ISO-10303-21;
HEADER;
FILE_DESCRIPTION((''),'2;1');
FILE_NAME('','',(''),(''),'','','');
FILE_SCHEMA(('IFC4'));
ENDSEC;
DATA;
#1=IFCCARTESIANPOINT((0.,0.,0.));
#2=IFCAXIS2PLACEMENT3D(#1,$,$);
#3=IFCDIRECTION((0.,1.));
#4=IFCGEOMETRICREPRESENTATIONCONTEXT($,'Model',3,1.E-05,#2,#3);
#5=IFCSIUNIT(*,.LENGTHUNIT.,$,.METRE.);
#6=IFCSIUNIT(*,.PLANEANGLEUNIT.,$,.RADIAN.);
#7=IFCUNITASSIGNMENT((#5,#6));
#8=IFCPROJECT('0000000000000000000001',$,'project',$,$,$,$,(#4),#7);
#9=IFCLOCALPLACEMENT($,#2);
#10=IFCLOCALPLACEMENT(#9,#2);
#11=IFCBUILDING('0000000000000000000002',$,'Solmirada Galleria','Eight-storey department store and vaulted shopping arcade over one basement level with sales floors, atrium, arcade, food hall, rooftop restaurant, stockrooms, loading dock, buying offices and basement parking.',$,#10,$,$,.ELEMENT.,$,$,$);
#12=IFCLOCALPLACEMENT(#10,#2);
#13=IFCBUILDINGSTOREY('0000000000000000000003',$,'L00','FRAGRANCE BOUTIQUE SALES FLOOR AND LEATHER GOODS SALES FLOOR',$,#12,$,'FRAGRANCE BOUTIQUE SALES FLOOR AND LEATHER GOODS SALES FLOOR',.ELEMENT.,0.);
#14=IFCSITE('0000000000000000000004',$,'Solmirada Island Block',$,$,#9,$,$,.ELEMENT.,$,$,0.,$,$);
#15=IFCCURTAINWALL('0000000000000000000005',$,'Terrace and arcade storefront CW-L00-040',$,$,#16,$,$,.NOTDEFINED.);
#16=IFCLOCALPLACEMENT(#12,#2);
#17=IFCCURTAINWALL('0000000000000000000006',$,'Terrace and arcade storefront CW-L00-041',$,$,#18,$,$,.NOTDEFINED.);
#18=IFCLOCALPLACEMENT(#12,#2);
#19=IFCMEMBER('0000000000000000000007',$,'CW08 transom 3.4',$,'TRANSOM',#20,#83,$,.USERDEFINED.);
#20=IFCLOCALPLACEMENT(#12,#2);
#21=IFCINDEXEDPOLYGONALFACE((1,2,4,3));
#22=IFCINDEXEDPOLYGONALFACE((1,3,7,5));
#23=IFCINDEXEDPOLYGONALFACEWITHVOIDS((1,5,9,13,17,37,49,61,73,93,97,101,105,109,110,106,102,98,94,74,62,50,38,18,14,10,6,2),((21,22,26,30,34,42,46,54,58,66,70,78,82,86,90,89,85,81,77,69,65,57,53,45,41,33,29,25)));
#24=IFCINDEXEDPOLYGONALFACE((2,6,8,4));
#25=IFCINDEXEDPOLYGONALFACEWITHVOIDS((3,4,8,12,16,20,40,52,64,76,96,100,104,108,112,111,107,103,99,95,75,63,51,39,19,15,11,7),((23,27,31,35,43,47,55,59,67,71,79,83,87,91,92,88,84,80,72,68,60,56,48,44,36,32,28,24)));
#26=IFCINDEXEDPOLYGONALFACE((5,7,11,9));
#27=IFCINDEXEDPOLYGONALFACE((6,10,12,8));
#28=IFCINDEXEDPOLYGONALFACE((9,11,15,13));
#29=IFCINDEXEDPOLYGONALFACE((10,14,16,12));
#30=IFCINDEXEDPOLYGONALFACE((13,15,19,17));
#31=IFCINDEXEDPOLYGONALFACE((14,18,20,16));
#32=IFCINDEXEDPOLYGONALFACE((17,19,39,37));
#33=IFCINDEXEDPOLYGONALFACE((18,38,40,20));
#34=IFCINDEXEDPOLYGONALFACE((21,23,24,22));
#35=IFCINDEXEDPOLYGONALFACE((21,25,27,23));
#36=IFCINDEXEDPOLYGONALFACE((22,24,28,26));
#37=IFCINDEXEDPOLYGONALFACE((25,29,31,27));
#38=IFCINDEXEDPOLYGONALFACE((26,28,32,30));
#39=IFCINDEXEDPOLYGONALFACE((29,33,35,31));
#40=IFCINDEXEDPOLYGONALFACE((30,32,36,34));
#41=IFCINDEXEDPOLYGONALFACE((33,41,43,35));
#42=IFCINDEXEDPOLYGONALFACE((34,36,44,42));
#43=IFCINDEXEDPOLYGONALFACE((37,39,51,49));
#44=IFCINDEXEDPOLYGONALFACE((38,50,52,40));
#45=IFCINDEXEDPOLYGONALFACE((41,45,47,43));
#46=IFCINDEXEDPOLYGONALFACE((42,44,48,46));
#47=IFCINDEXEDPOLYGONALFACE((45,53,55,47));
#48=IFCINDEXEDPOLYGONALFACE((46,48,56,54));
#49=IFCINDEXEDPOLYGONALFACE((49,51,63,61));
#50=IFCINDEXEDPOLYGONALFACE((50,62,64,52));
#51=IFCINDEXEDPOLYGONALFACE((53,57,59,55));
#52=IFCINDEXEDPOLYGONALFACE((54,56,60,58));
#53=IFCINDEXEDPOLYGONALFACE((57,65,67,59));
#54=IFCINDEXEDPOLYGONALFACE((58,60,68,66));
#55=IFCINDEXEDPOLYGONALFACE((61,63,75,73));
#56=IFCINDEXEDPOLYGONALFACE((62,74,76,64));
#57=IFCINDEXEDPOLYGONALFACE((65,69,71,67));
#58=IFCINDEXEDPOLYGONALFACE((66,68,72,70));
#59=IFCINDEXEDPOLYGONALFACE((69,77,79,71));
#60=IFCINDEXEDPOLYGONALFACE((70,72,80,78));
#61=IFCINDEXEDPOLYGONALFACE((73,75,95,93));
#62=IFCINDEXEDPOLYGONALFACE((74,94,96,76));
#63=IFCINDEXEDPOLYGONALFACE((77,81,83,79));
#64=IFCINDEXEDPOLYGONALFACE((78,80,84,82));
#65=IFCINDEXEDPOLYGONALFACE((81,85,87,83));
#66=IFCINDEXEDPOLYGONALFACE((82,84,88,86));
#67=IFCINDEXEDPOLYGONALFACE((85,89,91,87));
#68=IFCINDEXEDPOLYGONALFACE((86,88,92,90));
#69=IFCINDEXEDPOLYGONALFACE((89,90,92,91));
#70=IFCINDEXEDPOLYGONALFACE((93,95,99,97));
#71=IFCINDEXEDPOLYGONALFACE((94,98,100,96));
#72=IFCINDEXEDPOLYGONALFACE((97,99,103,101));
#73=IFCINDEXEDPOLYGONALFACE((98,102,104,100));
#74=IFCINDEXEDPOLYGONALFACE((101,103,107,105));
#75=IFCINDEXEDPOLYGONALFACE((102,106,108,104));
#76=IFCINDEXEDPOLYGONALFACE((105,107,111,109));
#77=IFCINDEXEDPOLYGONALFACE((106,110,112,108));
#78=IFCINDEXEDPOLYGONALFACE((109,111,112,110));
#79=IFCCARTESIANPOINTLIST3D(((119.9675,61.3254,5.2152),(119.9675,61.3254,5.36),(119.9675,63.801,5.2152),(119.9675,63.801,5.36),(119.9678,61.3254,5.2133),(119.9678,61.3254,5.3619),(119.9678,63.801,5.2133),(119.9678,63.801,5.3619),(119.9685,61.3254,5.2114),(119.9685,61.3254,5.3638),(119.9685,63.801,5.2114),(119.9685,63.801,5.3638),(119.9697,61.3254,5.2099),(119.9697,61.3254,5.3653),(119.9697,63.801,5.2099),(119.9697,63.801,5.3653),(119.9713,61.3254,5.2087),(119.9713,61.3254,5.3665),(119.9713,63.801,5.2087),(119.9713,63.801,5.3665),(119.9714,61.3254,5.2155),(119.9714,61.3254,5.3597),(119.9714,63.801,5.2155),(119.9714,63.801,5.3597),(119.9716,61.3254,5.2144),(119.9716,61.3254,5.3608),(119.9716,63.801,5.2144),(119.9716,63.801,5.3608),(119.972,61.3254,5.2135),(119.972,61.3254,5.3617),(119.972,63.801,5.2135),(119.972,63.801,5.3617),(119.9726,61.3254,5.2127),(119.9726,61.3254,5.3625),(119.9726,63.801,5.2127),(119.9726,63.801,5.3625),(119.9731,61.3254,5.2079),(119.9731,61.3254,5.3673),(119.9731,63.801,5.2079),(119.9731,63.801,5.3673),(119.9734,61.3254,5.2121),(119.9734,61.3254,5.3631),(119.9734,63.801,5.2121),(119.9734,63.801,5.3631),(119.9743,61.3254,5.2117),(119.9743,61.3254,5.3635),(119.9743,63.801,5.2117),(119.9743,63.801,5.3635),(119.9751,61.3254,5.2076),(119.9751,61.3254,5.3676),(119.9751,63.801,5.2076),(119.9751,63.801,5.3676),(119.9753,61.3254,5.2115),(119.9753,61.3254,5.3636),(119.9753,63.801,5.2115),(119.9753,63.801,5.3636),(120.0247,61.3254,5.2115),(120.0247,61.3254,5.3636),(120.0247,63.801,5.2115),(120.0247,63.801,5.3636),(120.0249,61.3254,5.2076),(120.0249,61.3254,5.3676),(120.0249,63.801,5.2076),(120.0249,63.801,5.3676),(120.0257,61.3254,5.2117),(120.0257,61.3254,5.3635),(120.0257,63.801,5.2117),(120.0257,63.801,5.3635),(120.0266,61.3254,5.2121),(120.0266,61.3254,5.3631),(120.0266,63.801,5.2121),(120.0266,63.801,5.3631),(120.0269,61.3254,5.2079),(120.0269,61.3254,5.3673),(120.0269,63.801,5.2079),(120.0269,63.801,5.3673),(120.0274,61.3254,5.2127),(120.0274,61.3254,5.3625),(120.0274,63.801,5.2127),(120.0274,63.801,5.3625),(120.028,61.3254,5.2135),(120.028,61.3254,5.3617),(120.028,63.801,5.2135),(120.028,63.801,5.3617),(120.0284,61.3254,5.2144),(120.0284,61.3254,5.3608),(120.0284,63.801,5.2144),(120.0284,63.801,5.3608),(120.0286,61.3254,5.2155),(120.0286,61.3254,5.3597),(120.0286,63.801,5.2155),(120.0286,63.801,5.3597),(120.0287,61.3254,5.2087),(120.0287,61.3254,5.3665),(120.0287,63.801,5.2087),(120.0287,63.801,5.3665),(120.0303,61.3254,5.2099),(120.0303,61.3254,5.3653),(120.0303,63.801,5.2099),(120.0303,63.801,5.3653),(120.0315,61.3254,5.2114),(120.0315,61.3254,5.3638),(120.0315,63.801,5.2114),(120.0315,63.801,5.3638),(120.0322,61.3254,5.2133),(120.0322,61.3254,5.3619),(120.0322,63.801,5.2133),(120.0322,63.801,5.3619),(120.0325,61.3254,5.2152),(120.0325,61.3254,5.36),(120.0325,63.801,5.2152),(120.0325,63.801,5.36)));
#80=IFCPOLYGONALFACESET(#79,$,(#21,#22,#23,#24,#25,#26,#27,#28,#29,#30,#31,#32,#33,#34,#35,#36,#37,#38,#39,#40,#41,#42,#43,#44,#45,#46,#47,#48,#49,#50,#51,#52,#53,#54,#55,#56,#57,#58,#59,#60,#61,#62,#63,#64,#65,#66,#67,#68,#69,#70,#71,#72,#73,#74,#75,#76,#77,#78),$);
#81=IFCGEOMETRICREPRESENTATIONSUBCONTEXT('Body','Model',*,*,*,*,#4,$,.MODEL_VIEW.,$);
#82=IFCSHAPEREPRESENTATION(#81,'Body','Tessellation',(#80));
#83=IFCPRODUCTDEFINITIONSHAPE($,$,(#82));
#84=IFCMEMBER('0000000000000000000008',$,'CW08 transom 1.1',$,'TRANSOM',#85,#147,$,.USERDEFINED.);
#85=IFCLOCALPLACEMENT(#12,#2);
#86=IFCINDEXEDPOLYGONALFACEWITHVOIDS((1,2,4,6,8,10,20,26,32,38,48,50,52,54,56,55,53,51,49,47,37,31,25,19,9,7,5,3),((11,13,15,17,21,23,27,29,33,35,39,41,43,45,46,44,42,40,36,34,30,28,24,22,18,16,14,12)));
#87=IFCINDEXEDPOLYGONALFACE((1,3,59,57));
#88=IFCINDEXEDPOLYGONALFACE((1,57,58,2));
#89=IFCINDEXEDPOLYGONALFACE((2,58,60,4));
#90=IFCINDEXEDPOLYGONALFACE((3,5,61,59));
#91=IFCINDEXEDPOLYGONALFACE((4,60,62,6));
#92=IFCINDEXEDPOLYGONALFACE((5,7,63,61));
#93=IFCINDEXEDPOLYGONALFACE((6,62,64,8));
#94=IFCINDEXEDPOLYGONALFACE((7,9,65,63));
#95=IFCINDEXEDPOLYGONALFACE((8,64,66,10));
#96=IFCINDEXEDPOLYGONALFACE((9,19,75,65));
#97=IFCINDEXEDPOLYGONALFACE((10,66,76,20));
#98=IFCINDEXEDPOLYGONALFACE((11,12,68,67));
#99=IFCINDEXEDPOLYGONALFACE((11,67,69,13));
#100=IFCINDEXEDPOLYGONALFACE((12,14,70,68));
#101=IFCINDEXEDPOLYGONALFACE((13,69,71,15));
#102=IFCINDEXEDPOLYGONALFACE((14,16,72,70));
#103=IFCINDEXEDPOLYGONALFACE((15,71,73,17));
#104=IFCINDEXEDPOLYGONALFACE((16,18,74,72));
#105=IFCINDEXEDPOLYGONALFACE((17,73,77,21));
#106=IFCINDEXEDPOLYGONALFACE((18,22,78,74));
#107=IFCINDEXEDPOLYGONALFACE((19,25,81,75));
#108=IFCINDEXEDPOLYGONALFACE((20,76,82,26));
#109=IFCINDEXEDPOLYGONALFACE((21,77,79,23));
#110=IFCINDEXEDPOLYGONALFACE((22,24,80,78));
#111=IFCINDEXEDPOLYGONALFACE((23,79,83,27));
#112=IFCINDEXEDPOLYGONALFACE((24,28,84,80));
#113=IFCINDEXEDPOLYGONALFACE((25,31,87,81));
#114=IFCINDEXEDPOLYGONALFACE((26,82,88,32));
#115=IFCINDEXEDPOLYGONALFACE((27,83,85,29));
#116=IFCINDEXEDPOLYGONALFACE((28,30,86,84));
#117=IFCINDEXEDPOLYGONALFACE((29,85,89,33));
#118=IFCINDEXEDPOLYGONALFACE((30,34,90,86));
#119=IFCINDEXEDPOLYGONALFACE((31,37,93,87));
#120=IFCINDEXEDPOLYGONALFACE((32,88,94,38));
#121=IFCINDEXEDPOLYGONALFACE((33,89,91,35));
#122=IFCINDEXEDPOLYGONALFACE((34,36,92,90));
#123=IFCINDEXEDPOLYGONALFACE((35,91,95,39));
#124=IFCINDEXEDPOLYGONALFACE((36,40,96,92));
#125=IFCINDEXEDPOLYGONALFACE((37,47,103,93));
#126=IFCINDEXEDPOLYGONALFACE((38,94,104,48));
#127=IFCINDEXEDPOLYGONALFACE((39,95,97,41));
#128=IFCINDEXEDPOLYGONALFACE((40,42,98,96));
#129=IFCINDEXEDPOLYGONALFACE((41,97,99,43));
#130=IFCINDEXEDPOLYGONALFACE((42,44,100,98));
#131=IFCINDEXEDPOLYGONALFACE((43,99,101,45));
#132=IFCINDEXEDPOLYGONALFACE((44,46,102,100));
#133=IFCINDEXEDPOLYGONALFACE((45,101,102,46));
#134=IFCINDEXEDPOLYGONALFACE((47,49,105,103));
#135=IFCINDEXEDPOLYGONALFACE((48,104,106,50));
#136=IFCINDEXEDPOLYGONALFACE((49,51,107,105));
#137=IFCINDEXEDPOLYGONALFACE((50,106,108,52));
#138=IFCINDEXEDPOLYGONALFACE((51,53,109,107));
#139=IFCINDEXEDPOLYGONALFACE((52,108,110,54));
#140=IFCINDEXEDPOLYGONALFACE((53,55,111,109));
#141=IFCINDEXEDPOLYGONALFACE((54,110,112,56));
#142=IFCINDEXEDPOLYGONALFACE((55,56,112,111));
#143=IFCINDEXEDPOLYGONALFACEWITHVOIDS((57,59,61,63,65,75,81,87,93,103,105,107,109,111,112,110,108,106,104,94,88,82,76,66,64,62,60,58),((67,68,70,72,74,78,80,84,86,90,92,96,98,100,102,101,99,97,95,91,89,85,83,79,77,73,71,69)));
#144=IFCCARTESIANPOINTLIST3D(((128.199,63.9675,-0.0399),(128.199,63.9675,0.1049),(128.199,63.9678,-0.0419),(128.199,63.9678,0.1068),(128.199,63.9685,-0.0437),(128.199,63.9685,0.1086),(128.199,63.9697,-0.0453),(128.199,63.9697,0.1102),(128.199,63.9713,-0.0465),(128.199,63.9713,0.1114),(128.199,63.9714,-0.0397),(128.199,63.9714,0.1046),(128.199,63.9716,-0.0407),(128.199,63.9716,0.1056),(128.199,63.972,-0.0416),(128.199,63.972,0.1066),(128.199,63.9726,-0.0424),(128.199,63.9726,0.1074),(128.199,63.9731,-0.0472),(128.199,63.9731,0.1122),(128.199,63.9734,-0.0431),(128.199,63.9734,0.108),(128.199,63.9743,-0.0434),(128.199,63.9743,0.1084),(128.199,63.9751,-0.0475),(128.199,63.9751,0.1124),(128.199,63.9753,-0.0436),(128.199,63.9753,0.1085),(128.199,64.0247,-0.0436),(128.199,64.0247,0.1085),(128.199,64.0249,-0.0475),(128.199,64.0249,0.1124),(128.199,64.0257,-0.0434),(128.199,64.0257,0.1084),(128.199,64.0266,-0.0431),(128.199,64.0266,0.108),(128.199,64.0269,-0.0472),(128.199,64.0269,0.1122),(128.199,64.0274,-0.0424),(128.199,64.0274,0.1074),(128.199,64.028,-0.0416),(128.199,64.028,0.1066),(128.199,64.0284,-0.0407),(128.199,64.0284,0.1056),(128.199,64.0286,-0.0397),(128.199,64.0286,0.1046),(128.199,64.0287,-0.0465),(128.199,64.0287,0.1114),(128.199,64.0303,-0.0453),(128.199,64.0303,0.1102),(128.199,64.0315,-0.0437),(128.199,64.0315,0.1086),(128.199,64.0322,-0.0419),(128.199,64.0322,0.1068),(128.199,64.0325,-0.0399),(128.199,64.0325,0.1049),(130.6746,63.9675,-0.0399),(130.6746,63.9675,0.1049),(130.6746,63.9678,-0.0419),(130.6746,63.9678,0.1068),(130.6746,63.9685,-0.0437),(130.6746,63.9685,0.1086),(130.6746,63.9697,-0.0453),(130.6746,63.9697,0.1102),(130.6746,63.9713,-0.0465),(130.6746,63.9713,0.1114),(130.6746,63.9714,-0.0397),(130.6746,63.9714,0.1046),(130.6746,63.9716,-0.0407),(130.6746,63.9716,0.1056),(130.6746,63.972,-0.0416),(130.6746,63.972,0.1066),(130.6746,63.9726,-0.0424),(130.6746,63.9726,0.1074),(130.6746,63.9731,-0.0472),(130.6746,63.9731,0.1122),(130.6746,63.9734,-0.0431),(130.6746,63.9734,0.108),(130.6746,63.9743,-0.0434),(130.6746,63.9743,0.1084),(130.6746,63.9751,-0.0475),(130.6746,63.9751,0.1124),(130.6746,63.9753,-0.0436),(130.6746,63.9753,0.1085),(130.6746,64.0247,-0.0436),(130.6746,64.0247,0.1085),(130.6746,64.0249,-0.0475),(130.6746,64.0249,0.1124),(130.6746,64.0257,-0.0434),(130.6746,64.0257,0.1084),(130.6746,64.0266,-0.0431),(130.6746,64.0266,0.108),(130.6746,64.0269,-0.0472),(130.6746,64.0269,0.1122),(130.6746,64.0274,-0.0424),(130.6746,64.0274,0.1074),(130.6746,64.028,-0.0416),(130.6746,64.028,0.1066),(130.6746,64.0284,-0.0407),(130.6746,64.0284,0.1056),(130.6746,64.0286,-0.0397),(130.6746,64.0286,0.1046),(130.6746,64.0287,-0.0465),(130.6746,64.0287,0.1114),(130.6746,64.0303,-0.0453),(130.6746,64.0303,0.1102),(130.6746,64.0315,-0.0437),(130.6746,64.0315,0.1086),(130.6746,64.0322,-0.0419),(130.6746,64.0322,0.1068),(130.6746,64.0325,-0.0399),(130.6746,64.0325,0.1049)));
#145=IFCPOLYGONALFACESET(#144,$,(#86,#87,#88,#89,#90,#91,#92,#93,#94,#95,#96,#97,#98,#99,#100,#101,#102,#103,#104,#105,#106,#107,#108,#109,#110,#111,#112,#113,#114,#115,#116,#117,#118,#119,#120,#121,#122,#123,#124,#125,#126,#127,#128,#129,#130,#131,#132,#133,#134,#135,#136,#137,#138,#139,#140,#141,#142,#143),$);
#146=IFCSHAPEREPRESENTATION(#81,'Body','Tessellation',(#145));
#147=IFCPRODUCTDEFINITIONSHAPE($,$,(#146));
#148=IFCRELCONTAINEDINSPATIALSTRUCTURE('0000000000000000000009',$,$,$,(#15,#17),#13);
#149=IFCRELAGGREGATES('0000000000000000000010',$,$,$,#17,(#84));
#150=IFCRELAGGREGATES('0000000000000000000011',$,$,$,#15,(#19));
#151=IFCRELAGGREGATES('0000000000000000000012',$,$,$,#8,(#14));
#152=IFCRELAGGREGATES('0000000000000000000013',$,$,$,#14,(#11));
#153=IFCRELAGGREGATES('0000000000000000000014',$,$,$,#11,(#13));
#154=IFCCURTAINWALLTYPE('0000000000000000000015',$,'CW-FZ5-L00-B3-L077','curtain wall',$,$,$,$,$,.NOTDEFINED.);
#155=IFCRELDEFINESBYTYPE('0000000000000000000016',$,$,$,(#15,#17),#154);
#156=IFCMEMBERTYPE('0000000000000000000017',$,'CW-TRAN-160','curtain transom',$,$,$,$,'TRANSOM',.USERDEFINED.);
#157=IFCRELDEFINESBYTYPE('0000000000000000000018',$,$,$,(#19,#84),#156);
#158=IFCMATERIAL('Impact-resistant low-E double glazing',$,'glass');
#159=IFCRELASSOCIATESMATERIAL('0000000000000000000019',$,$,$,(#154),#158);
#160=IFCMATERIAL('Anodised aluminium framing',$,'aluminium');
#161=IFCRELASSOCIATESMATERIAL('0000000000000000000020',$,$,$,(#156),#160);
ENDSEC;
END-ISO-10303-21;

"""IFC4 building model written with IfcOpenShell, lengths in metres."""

from ifc_helpers import new_model, si_unit, direction, frame, origin, origin_2d, place, context, subcontext, project, spatial, hollow_rectangle, extrude, material, material_profile, profile_set, type_object, element, aggregate, save


model = new_model("IFC4")

# Units and contexts
model_context = context("Model", 3, precision=1e-05, world=origin(), true_north=direction((0.0, 1.0)))
body_context = subcontext(model_context, "Body", "Model", "MODEL_VIEW")
ifc_project = project(units=[si_unit("LENGTHUNIT", "METRE"), si_unit("PLANEANGLEUNIT", "RADIAN")], contexts=[model_context])

# Site, building, storey
site_placement = place(None, origin())
site = spatial("IfcSite", under=ifc_project, at=site_placement, Name="Solmirada Island Block", CompositionType="ELEMENT", RefElevation=0.0)
building_placement = place(site_placement, origin())
building = spatial("IfcBuilding", under=site, at=building_placement, Name="Solmirada Galleria", Description="Eight-storey department store and vaulted shopping arcade over one basement level with sales floors, atrium, arcade, food hall, rooftop restaurant, stockrooms, loading dock, buying offices and basement parking.", CompositionType="ELEMENT")
storey_placement = place(building_placement, origin())
storey = spatial("IfcBuildingStorey", under=building, at=storey_placement, Name="L00", Description="FRAGRANCE BOUTIQUE SALES FLOOR AND LEATHER GOODS SALES FLOOR", LongName="FRAGRANCE BOUTIQUE SALES FLOOR AND LEATHER GOODS SALES FLOOR", CompositionType="ELEMENT", Elevation=0.0)

# Curtain wall
ifc_material_1 = material(Name="Impact-resistant low-E double glazing", Category="glass")
curtain_wall_type = type_object("IfcCurtainWallType", Name="CW-FZ5-L00-B3-L077", Description="curtain wall", PredefinedType="NOTDEFINED", material=ifc_material_1)
curtain_wall_1_placement = place(storey_placement, origin())
curtain_wall_1 = element("IfcCurtainWall", 1, at=curtain_wall_1_placement, inside=storey, type_object=curtain_wall_type, Name="Terrace and arcade storefront CW-L00-040", PredefinedType="NOTDEFINED")
ifc_material_2 = material(Name="Anodised aluminium framing", Category="aluminium")

# Curtain wall
curtain_wall_2_placement = place(storey_placement, origin())
curtain_wall_2 = element("IfcCurtainWall", 2, at=curtain_wall_2_placement, inside=storey, type_object=curtain_wall_type, Name="Terrace and arcade storefront CW-L00-041", PredefinedType="NOTDEFINED")

# Members
ifc_material_profile_1 = material_profile(ifc_material_2, hollow_rectangle(XDim=0.0649, YDim=0.1599, WallThickness=0.0039, InnerFilletRadius=0.0039, OuterFilletRadius=0.0076, at=origin_2d()), Name="ALU-TRAN-160X65")
ifc_profile_set_1 = profile_set([ifc_material_profile_1], Name="Anodised aluminium framing")
member_type_1 = type_object("IfcMemberType", Name="CW-TRAN-160", Description="curtain transom", ElementType="TRANSOM", PredefinedType="USERDEFINED", material=ifc_profile_set_1)
member_1_placement = place(storey_placement, frame((120.0, 61.3254, 5.2876), z_axis=(0.0, 1.0, 0.0), x_axis=(-1.0, 0.0, 0.0)))
member_1 = element("IfcMember", 3, at=member_1_placement, type_object=member_type_1, Name="CW08 transom 3.4", ObjectType="TRANSOM", PredefinedType="USERDEFINED", context=body_context, shape_type="SweptSolid", body=[
    extrude(hollow_rectangle(XDim=0.0649, YDim=0.1599, WallThickness=0.0039, InnerFilletRadius=0.0039, OuterFilletRadius=0.0076, at=origin_2d()), origin(), (0.0, 0.0, 1.0), 2.4756),
])
member_2_placement = place(storey_placement, frame((128.199, 64.0, 0.0325), z_axis=(1.0, 0.0, 0.0), x_axis=(0.0, 1.0, 0.0)))
member_2 = element("IfcMember", 4, at=member_2_placement, type_object=member_type_1, Name="CW08 transom 1.1", ObjectType="TRANSOM", PredefinedType="USERDEFINED", context=body_context, shape_type="SweptSolid", body=[
    extrude(hollow_rectangle(XDim=0.0649, YDim=0.1599, WallThickness=0.0039, InnerFilletRadius=0.0039, OuterFilletRadius=0.0076, at=origin_2d()), origin(), (0.0, 0.0, 1.0), 2.4756),
])
aggregate(curtain_wall_2, [member_2])

aggregate(curtain_wall_1, [member_1])

save(model, "model.ifc")
